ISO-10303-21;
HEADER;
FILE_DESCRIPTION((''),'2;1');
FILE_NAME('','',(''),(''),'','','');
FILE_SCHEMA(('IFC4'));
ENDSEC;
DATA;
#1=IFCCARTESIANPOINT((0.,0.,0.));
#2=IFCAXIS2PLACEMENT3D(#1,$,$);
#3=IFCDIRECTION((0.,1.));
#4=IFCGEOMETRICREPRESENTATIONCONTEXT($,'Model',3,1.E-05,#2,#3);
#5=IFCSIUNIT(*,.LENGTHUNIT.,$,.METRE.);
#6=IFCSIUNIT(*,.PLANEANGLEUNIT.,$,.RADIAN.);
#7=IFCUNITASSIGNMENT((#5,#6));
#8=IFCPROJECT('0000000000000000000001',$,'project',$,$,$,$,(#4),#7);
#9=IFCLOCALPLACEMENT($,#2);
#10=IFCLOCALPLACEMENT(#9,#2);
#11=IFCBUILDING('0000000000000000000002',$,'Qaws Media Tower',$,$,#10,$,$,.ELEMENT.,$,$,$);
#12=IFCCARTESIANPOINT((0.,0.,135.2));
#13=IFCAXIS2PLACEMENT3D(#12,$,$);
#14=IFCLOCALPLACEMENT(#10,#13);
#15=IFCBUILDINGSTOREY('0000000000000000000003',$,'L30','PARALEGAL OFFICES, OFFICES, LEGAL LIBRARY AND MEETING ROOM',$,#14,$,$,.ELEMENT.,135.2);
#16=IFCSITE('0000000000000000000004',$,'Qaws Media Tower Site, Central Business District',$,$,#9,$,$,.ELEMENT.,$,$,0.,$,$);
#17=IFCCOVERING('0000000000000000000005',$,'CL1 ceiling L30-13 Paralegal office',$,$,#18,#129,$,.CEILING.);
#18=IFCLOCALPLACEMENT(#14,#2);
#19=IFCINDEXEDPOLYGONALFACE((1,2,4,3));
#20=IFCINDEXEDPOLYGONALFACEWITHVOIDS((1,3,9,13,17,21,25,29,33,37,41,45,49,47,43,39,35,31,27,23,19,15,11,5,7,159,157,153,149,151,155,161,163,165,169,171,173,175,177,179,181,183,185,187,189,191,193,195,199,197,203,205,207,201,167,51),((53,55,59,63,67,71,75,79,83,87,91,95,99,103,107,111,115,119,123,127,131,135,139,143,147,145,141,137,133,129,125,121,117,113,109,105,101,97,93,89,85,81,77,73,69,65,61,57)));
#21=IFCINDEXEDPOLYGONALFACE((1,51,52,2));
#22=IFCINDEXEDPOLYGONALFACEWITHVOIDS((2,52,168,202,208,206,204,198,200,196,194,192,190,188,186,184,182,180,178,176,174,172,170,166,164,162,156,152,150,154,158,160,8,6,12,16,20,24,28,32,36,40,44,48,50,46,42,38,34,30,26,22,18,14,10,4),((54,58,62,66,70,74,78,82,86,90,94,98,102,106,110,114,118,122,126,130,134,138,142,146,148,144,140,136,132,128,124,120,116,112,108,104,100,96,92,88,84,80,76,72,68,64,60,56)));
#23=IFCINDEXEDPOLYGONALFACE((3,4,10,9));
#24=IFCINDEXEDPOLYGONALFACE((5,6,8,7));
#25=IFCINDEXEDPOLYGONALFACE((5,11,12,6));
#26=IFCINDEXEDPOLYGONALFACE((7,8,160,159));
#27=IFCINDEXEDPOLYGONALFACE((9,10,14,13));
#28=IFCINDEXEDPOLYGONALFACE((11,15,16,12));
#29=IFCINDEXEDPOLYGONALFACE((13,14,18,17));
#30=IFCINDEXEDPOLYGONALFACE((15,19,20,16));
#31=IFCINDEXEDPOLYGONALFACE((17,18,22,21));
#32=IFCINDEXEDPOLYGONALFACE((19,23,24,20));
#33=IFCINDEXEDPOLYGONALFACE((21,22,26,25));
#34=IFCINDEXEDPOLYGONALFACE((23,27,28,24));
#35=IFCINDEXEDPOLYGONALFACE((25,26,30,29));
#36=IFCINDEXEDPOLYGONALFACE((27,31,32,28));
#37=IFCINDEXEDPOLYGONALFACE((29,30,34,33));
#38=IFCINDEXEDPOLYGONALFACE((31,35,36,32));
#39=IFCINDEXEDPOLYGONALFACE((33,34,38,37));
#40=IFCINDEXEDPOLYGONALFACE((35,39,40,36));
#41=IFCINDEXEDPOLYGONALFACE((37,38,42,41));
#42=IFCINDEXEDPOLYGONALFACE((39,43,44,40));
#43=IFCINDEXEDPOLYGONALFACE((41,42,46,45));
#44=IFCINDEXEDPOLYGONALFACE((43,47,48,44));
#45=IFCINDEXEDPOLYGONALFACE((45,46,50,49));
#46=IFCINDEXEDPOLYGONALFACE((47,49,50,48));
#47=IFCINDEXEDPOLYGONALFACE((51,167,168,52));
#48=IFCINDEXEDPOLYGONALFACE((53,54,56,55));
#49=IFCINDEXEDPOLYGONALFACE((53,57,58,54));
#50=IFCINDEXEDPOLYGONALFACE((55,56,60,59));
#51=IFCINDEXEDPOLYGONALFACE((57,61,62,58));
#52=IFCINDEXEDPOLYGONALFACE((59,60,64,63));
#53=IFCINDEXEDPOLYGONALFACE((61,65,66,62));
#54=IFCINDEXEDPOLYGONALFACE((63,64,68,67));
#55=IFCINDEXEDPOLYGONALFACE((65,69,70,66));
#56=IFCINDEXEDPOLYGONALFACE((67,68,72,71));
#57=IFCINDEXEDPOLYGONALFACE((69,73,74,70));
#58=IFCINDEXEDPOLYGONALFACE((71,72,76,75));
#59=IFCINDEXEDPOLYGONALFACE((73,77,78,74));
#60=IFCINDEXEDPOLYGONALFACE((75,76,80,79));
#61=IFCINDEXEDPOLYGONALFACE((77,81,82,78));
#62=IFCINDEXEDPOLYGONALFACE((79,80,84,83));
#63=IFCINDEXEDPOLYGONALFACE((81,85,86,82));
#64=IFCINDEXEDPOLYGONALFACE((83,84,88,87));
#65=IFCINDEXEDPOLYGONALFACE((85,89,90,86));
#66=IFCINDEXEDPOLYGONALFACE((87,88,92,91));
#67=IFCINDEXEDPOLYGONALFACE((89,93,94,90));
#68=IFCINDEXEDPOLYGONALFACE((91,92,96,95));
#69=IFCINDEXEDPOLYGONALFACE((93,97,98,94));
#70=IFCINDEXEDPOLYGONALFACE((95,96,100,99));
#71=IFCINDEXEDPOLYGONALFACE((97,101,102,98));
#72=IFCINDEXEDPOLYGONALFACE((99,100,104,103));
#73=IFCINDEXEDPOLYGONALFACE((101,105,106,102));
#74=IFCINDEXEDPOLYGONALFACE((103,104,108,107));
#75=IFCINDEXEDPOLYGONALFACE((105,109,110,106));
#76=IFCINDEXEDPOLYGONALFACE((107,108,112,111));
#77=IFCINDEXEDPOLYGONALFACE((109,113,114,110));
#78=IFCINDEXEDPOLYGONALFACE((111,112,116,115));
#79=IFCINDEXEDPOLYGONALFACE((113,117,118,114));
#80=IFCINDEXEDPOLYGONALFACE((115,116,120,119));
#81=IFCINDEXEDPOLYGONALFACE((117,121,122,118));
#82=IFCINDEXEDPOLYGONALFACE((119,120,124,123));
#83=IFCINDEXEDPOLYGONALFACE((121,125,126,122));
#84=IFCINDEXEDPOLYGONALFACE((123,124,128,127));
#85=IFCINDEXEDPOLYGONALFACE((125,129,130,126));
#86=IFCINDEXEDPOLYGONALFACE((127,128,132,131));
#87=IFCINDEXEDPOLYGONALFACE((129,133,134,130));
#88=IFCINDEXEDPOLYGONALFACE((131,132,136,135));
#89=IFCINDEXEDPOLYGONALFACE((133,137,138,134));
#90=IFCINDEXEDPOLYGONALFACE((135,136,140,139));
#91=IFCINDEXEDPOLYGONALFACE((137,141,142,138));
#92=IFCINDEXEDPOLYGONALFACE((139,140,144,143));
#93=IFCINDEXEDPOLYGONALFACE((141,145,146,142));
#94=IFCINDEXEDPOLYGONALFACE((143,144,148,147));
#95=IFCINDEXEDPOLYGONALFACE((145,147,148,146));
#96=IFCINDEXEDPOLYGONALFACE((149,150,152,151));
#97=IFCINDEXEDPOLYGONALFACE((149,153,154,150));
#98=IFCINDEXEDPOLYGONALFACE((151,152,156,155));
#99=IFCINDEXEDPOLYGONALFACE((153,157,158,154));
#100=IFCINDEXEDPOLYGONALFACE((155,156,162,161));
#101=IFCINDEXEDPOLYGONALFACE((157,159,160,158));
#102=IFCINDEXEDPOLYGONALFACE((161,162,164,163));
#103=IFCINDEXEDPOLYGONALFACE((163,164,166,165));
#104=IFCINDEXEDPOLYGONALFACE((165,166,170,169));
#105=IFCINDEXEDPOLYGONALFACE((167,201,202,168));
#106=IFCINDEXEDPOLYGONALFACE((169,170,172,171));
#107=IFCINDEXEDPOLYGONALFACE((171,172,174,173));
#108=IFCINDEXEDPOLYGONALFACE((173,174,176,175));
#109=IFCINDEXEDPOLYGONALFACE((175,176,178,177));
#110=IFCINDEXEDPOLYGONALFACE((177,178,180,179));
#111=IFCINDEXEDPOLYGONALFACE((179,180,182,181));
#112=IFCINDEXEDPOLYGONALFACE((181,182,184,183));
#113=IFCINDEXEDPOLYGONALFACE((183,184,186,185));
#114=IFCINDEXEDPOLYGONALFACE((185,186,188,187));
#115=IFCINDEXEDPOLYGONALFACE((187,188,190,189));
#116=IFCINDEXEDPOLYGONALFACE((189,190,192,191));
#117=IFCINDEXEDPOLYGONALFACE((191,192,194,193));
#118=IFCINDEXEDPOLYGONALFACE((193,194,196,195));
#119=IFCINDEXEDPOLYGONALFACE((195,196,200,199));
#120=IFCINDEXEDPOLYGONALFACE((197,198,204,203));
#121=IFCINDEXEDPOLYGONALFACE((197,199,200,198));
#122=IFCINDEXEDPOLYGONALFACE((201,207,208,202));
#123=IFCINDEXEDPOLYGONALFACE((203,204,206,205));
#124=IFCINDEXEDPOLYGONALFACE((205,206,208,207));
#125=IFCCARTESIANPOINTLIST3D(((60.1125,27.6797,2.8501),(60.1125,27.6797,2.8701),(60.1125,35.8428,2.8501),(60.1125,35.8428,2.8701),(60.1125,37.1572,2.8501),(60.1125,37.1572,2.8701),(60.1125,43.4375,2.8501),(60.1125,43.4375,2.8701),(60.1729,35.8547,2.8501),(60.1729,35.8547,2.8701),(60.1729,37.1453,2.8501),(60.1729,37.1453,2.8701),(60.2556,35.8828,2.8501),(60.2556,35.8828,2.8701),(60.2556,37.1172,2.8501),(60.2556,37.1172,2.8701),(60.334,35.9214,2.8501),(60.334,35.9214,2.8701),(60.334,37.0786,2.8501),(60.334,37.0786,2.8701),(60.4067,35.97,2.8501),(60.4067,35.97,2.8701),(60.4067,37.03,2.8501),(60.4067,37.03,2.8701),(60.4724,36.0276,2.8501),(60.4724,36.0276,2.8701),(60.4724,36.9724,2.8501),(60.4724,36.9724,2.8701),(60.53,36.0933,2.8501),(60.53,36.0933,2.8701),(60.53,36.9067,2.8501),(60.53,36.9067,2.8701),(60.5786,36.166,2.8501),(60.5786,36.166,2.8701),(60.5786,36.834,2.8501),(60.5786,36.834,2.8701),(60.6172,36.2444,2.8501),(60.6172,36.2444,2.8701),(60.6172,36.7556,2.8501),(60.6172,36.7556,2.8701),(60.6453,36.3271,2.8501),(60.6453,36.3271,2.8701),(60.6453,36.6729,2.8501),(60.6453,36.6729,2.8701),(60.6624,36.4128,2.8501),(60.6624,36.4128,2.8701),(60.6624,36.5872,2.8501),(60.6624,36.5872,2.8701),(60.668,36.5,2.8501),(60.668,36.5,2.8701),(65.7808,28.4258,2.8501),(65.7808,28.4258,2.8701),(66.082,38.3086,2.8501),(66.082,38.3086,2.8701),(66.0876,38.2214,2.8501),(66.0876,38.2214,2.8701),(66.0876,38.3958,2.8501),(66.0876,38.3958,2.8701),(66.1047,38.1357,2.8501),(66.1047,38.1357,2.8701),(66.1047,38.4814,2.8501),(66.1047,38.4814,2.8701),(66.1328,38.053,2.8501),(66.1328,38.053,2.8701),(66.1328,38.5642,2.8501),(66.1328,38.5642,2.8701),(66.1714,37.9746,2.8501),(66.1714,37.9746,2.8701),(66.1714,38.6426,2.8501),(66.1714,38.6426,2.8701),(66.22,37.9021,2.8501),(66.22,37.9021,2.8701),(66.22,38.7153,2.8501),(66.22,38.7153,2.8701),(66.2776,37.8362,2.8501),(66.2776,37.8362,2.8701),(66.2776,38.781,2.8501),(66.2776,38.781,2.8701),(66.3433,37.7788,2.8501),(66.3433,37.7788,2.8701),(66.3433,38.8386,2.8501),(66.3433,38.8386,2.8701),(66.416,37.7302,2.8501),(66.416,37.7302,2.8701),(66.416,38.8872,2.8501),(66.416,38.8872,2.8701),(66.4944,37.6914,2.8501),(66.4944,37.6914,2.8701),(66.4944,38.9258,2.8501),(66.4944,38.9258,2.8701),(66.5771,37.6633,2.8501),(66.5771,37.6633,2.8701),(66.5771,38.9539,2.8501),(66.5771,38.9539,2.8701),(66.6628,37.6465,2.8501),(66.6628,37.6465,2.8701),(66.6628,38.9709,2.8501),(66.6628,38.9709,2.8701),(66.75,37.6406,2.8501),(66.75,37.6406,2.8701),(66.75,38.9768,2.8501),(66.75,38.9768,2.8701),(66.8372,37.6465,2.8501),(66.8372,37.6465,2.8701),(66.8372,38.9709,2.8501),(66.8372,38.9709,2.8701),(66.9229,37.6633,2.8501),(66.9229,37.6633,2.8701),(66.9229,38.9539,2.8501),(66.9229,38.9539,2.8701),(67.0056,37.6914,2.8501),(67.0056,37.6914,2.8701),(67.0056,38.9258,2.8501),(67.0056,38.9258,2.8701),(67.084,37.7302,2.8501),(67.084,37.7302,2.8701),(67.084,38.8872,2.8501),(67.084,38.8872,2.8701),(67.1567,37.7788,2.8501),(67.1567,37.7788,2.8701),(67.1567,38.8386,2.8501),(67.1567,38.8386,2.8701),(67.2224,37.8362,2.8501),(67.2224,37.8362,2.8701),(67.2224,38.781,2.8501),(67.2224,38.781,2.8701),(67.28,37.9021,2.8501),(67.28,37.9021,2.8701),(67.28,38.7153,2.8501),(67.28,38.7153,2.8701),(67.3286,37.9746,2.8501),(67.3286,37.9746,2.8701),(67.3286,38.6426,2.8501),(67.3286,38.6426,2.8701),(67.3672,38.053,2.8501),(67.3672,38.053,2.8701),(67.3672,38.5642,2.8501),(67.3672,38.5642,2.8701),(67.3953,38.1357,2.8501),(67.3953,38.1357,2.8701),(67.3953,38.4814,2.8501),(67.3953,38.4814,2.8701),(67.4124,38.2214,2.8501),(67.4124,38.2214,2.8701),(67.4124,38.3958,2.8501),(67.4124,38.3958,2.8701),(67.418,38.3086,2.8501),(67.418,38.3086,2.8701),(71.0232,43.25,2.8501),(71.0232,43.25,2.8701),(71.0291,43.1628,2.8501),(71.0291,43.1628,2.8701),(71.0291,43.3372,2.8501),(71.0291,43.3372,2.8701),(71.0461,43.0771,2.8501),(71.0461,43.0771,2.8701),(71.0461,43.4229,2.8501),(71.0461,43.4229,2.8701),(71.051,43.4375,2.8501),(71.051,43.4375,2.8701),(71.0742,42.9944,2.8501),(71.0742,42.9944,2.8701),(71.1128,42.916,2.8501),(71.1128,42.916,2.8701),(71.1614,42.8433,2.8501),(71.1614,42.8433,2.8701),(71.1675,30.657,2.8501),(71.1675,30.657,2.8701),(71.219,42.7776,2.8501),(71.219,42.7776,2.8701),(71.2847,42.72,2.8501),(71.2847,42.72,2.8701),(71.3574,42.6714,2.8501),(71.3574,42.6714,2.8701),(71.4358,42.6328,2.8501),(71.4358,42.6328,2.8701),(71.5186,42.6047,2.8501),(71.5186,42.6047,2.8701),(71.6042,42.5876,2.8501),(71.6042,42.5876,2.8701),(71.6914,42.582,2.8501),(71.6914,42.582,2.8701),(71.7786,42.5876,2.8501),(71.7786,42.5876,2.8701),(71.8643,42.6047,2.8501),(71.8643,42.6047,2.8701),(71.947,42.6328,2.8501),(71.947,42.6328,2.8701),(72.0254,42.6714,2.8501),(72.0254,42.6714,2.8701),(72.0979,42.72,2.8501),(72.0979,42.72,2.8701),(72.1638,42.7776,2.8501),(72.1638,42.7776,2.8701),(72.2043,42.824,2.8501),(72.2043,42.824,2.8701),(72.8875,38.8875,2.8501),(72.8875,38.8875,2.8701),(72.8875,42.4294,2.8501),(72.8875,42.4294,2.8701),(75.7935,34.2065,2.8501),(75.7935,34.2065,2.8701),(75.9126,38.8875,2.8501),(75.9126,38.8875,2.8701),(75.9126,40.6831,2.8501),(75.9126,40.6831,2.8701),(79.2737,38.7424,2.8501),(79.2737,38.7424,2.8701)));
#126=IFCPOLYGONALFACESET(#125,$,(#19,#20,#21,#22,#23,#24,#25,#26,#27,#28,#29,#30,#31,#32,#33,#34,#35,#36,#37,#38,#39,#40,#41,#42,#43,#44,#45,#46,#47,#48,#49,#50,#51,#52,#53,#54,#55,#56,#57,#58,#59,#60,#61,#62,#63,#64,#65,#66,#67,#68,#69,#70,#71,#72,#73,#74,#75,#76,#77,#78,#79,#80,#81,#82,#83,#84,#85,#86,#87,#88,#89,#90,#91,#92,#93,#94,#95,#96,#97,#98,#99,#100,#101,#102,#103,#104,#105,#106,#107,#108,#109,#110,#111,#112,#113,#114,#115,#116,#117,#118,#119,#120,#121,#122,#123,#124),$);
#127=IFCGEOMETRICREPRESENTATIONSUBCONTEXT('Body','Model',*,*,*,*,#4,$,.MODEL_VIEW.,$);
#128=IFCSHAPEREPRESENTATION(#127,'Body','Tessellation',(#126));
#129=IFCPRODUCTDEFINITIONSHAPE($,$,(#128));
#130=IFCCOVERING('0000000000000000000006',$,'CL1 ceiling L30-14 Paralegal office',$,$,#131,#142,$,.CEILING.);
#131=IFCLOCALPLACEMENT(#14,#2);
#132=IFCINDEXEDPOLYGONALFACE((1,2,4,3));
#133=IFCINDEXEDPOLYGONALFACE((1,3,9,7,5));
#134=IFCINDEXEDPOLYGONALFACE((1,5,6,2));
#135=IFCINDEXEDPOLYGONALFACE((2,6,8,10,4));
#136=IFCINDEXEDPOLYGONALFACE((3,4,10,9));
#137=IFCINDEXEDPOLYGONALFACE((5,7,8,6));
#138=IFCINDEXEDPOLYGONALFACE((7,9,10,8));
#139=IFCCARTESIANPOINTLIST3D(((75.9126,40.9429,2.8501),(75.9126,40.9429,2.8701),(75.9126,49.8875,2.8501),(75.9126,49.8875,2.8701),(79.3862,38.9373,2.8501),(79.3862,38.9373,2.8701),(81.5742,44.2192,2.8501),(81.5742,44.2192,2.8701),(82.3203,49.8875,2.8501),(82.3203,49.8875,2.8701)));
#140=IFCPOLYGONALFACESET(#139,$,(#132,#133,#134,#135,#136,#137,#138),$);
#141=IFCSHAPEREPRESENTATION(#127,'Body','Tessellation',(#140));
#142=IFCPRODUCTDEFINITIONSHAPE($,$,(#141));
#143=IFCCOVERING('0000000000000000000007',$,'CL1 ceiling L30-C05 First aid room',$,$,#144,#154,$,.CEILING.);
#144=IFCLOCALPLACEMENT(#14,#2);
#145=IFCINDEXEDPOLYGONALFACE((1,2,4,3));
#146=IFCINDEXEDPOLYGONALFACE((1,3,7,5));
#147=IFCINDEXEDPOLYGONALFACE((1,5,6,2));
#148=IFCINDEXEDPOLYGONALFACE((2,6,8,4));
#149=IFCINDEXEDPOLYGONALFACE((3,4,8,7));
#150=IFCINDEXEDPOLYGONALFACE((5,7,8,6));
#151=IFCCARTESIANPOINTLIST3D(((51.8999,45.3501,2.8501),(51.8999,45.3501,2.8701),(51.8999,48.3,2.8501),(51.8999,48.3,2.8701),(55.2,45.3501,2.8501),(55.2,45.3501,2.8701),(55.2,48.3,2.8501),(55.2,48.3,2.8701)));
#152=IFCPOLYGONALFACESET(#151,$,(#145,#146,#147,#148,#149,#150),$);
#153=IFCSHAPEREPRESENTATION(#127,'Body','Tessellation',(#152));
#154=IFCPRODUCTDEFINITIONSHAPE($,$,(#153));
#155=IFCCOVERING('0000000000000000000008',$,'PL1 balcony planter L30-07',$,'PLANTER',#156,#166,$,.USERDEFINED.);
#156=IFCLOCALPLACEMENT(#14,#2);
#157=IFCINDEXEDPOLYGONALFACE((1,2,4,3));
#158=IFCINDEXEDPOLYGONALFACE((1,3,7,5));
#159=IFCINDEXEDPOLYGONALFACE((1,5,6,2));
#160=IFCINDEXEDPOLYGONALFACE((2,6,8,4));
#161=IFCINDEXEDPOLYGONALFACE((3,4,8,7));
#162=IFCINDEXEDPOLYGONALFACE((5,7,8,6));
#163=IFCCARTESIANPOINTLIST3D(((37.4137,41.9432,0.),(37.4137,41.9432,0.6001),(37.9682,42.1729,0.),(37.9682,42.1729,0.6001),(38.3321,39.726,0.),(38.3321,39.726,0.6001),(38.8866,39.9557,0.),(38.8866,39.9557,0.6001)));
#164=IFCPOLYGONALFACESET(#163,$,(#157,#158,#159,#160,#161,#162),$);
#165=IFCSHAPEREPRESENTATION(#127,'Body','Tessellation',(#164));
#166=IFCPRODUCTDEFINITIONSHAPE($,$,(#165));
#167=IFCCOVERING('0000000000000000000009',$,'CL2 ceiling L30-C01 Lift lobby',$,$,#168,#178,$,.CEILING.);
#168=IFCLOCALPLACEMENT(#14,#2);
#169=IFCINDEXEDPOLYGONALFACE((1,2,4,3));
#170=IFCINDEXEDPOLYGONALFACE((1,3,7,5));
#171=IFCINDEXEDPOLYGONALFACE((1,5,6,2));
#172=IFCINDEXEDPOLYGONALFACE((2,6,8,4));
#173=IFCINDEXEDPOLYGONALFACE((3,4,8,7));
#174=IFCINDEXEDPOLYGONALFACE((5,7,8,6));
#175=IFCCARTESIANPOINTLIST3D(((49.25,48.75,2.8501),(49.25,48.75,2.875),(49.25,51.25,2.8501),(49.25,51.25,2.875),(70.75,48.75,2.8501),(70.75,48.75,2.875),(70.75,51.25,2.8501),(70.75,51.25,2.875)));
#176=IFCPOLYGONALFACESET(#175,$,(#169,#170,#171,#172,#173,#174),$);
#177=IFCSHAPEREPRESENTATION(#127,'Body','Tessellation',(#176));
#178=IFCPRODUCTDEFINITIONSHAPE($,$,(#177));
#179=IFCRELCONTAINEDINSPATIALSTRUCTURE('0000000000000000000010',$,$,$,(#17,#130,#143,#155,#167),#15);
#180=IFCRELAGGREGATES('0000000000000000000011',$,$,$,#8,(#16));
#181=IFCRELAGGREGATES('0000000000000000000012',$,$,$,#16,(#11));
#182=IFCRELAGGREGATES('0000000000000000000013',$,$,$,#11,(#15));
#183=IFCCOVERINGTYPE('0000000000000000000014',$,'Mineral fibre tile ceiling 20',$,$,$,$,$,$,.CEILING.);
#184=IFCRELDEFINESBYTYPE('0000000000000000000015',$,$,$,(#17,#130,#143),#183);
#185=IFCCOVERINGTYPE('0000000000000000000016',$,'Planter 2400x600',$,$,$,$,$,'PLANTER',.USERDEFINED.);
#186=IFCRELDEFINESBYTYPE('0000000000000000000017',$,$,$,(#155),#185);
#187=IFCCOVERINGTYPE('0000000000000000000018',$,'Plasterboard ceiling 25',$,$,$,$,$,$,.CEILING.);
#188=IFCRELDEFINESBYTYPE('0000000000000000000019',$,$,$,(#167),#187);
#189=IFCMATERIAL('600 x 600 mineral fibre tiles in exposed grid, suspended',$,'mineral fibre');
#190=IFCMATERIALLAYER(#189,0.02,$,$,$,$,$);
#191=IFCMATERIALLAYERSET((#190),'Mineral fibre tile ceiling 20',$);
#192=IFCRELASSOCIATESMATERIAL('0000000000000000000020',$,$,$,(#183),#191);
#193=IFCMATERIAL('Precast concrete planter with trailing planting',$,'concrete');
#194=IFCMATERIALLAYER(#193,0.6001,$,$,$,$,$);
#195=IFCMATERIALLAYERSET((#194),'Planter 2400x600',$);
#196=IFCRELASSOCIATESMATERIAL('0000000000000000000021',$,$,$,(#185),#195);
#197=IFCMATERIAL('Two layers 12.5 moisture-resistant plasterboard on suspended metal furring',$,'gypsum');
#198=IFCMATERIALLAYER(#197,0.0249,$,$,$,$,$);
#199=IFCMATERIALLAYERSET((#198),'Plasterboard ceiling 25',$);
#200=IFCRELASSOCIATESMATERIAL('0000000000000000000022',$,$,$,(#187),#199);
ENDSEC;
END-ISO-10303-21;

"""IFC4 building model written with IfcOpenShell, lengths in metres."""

from ifc_helpers import new_model, si_unit, direction, frame, origin, origin_2d, place, context, subcontext, project, spatial, polyline, rectangle, outline, extrude, material, layer, layer_set, type_object, element, save


model = new_model("IFC4")

# Units and contexts
model_context = context("Model", 3, precision=1e-05, world=origin(), true_north=direction((0.0, 1.0)))
body_context = subcontext(model_context, "Body", "Model", "MODEL_VIEW")
ifc_project = project(units=[si_unit("LENGTHUNIT", "METRE"), si_unit("PLANEANGLEUNIT", "RADIAN")], contexts=[model_context])

# Site, building, storey
site_placement = place(None, origin())
site = spatial("IfcSite", under=ifc_project, at=site_placement, Name="Qaws Media Tower Site, Central Business District", CompositionType="ELEMENT", RefElevation=0.0)
building_placement = place(site_placement, origin())
building = spatial("IfcBuilding", under=site, at=building_placement, Name="Qaws Media Tower", CompositionType="ELEMENT")
storey_placement = place(building_placement, frame((0.0, 0.0, 135.2)))
storey = spatial("IfcBuildingStorey", under=building, at=storey_placement, Name="L30", Description="PARALEGAL OFFICES, OFFICES, LEGAL LIBRARY AND MEETING ROOM", CompositionType="ELEMENT", Elevation=135.2)

# Coverings
ifc_material_1 = material(Name="600 x 600 mineral fibre tiles in exposed grid, suspended", Category="mineral fibre")
ifc_layer_1 = layer(ifc_material_1, 0.02)
ifc_layer_set_1 = layer_set([ifc_layer_1], Name="Mineral fibre tile ceiling 20")
covering_type_1 = type_object("IfcCoveringType", Name="Mineral fibre tile ceiling 20", PredefinedType="CEILING", material=ifc_layer_set_1)
covering_1_placement = place(storey_placement, frame((0.0, 0.0, 2.8501)))
element("IfcCovering", 1, at=covering_1_placement, inside=storey, type_object=covering_type_1, Name="CL1 ceiling L30-13 Paralegal office", PredefinedType="CEILING", context=body_context, shape_type="SweptSolid", body=[
    extrude(outline(polyline([(72.8875, 38.8875), (75.9126, 38.8875), (75.9126, 40.6831), (79.2737, 38.7424), (75.7935, 34.2065), (71.1675, 30.657), (65.7808, 28.4258), (60.1125, 27.6797), (60.1125, 35.8428), (60.1729, 35.8547), (60.2556, 35.8828), (60.334, 35.9214), (60.4067, 35.97), (60.4724, 36.0276), (60.53, 36.0933), (60.5786, 36.166), (60.6172, 36.2444), (60.6453, 36.3271), (60.6624, 36.4128), (60.668, 36.5), (60.6624, 36.5872), (60.6453, 36.6729), (60.6172, 36.7556), (60.5786, 36.834), (60.53, 36.9067), (60.4724, 36.9724), (60.4067, 37.03), (60.334, 37.0786), (60.2556, 37.1172), (60.1729, 37.1453), (60.1125, 37.1572), (60.1125, 43.4375), (71.051, 43.4375), (71.0461, 43.4229), (71.0291, 43.3372), (71.0232, 43.25), (71.0291, 43.1628), (71.0461, 43.0771), (71.0742, 42.9944), (71.1128, 42.916), (71.1614, 42.8433), (71.219, 42.7776), (71.2847, 42.72), (71.3574, 42.6714), (71.4358, 42.6328), (71.5186, 42.6047), (71.6042, 42.5876), (71.6914, 42.582), (71.7786, 42.5876), (71.8643, 42.6047), (71.947, 42.6328), (72.0254, 42.6714), (72.0979, 42.72), (72.1638, 42.7776), (72.2043, 42.824), (72.8875, 42.4294), (72.8875, 38.8875)]), holes=[polyline([(67.3672, 38.053), (67.3953, 38.1357), (67.4124, 38.2214), (67.418, 38.3086), (67.4124, 38.3958), (67.3953, 38.4814), (67.3672, 38.5642), (67.3286, 38.6426), (67.28, 38.7153), (67.2224, 38.781), (67.1567, 38.8386), (67.084, 38.8872), (67.0056, 38.9258), (66.9229, 38.9539), (66.8372, 38.9709), (66.75, 38.9768), (66.6628, 38.9709), (66.5771, 38.9539), (66.4944, 38.9258), (66.416, 38.8872), (66.3433, 38.8386), (66.2776, 38.781), (66.22, 38.7153), (66.1714, 38.6426), (66.1328, 38.5642), (66.1047, 38.4814), (66.0876, 38.3958), (66.082, 38.3086), (66.0876, 38.2214), (66.1047, 38.1357), (66.1328, 38.053), (66.1714, 37.9746), (66.22, 37.9021), (66.2776, 37.8362), (66.3433, 37.7788), (66.416, 37.7302), (66.4944, 37.6914), (66.5771, 37.6633), (66.6628, 37.6465), (66.75, 37.6406), (66.8372, 37.6465), (66.9229, 37.6633), (67.0056, 37.6914), (67.084, 37.7302), (67.1567, 37.7788), (67.2224, 37.8362), (67.28, 37.9021), (67.3286, 37.9746), (67.3672, 38.053)])]), origin(), (0.0, 0.0, 1.0), 0.02),
])
covering_2_placement = place(storey_placement, frame((0.0, 0.0, 2.8501)))
element("IfcCovering", 2, at=covering_2_placement, inside=storey, type_object=covering_type_1, Name="CL1 ceiling L30-14 Paralegal office", PredefinedType="CEILING", context=body_context, shape_type="SweptSolid", body=[
    extrude(outline(polyline([(81.5742, 44.2192), (79.3862, 38.9373), (75.9126, 40.9429), (75.9126, 49.8875), (82.3203, 49.8875), (81.5742, 44.2192)])), origin(), (0.0, 0.0, 1.0), 0.02),
])
covering_3_placement = place(storey_placement, frame((0.0, 0.0, 2.8501)))
element("IfcCovering", 3, at=covering_3_placement, inside=storey, type_object=covering_type_1, Name="CL1 ceiling L30-C05 First aid room", PredefinedType="CEILING", context=body_context, shape_type="SweptSolid", body=[
    extrude(outline(polyline([(51.8999, 45.3501), (51.8999, 48.3), (55.2, 48.3), (55.2, 45.3501), (51.8999, 45.3501)])), origin(), (0.0, 0.0, 1.0), 0.02),
])
ifc_material_2 = material(Name="Precast concrete planter with trailing planting", Category="concrete")
ifc_layer_2 = layer(ifc_material_2, 0.6001)
ifc_layer_set_2 = layer_set([ifc_layer_2], Name="Planter 2400x600")
covering_type_2 = type_object("IfcCoveringType", Name="Planter 2400x600", ElementType="PLANTER", PredefinedType="USERDEFINED", material=ifc_layer_set_2)
covering_4_placement = place(storey_placement, frame((38.1501, 40.9495, 0.0), z_axis=(0.0, 0.0, 1.0), x_axis=(0.382683, -0.92388, 0.0)))
element("IfcCovering", 4, at=covering_4_placement, inside=storey, type_object=covering_type_2, Name="PL1 balcony planter L30-07", ObjectType="PLANTER", PredefinedType="USERDEFINED", context=body_context, shape_type="SweptSolid", body=[
    extrude(rectangle(XDim=2.3999, YDim=0.6001, at=origin_2d()), origin(), (0.0, 0.0, 1.0), 0.6001),
])
ifc_material_3 = material(Name="Two layers 12.5 moisture-resistant plasterboard on suspended metal furring", Category="gypsum")
ifc_layer_3 = layer(ifc_material_3, 0.0249)
ifc_layer_set_3 = layer_set([ifc_layer_3], Name="Plasterboard ceiling 25")
covering_type_3 = type_object("IfcCoveringType", Name="Plasterboard ceiling 25", PredefinedType="CEILING", material=ifc_layer_set_3)
covering_5_placement = place(storey_placement, frame((0.0, 0.0, 2.8501)))
element("IfcCovering", 5, at=covering_5_placement, inside=storey, type_object=covering_type_3, Name="CL2 ceiling L30-C01 Lift lobby", PredefinedType="CEILING", context=body_context, shape_type="SweptSolid", body=[
    extrude(outline(polyline([(49.25, 48.75), (49.25, 51.25), (70.75, 51.25), (70.75, 48.75), (49.25, 48.75)])), origin(), (0.0, 0.0, 1.0), 0.0249),
])

save(model, "model.ifc")
